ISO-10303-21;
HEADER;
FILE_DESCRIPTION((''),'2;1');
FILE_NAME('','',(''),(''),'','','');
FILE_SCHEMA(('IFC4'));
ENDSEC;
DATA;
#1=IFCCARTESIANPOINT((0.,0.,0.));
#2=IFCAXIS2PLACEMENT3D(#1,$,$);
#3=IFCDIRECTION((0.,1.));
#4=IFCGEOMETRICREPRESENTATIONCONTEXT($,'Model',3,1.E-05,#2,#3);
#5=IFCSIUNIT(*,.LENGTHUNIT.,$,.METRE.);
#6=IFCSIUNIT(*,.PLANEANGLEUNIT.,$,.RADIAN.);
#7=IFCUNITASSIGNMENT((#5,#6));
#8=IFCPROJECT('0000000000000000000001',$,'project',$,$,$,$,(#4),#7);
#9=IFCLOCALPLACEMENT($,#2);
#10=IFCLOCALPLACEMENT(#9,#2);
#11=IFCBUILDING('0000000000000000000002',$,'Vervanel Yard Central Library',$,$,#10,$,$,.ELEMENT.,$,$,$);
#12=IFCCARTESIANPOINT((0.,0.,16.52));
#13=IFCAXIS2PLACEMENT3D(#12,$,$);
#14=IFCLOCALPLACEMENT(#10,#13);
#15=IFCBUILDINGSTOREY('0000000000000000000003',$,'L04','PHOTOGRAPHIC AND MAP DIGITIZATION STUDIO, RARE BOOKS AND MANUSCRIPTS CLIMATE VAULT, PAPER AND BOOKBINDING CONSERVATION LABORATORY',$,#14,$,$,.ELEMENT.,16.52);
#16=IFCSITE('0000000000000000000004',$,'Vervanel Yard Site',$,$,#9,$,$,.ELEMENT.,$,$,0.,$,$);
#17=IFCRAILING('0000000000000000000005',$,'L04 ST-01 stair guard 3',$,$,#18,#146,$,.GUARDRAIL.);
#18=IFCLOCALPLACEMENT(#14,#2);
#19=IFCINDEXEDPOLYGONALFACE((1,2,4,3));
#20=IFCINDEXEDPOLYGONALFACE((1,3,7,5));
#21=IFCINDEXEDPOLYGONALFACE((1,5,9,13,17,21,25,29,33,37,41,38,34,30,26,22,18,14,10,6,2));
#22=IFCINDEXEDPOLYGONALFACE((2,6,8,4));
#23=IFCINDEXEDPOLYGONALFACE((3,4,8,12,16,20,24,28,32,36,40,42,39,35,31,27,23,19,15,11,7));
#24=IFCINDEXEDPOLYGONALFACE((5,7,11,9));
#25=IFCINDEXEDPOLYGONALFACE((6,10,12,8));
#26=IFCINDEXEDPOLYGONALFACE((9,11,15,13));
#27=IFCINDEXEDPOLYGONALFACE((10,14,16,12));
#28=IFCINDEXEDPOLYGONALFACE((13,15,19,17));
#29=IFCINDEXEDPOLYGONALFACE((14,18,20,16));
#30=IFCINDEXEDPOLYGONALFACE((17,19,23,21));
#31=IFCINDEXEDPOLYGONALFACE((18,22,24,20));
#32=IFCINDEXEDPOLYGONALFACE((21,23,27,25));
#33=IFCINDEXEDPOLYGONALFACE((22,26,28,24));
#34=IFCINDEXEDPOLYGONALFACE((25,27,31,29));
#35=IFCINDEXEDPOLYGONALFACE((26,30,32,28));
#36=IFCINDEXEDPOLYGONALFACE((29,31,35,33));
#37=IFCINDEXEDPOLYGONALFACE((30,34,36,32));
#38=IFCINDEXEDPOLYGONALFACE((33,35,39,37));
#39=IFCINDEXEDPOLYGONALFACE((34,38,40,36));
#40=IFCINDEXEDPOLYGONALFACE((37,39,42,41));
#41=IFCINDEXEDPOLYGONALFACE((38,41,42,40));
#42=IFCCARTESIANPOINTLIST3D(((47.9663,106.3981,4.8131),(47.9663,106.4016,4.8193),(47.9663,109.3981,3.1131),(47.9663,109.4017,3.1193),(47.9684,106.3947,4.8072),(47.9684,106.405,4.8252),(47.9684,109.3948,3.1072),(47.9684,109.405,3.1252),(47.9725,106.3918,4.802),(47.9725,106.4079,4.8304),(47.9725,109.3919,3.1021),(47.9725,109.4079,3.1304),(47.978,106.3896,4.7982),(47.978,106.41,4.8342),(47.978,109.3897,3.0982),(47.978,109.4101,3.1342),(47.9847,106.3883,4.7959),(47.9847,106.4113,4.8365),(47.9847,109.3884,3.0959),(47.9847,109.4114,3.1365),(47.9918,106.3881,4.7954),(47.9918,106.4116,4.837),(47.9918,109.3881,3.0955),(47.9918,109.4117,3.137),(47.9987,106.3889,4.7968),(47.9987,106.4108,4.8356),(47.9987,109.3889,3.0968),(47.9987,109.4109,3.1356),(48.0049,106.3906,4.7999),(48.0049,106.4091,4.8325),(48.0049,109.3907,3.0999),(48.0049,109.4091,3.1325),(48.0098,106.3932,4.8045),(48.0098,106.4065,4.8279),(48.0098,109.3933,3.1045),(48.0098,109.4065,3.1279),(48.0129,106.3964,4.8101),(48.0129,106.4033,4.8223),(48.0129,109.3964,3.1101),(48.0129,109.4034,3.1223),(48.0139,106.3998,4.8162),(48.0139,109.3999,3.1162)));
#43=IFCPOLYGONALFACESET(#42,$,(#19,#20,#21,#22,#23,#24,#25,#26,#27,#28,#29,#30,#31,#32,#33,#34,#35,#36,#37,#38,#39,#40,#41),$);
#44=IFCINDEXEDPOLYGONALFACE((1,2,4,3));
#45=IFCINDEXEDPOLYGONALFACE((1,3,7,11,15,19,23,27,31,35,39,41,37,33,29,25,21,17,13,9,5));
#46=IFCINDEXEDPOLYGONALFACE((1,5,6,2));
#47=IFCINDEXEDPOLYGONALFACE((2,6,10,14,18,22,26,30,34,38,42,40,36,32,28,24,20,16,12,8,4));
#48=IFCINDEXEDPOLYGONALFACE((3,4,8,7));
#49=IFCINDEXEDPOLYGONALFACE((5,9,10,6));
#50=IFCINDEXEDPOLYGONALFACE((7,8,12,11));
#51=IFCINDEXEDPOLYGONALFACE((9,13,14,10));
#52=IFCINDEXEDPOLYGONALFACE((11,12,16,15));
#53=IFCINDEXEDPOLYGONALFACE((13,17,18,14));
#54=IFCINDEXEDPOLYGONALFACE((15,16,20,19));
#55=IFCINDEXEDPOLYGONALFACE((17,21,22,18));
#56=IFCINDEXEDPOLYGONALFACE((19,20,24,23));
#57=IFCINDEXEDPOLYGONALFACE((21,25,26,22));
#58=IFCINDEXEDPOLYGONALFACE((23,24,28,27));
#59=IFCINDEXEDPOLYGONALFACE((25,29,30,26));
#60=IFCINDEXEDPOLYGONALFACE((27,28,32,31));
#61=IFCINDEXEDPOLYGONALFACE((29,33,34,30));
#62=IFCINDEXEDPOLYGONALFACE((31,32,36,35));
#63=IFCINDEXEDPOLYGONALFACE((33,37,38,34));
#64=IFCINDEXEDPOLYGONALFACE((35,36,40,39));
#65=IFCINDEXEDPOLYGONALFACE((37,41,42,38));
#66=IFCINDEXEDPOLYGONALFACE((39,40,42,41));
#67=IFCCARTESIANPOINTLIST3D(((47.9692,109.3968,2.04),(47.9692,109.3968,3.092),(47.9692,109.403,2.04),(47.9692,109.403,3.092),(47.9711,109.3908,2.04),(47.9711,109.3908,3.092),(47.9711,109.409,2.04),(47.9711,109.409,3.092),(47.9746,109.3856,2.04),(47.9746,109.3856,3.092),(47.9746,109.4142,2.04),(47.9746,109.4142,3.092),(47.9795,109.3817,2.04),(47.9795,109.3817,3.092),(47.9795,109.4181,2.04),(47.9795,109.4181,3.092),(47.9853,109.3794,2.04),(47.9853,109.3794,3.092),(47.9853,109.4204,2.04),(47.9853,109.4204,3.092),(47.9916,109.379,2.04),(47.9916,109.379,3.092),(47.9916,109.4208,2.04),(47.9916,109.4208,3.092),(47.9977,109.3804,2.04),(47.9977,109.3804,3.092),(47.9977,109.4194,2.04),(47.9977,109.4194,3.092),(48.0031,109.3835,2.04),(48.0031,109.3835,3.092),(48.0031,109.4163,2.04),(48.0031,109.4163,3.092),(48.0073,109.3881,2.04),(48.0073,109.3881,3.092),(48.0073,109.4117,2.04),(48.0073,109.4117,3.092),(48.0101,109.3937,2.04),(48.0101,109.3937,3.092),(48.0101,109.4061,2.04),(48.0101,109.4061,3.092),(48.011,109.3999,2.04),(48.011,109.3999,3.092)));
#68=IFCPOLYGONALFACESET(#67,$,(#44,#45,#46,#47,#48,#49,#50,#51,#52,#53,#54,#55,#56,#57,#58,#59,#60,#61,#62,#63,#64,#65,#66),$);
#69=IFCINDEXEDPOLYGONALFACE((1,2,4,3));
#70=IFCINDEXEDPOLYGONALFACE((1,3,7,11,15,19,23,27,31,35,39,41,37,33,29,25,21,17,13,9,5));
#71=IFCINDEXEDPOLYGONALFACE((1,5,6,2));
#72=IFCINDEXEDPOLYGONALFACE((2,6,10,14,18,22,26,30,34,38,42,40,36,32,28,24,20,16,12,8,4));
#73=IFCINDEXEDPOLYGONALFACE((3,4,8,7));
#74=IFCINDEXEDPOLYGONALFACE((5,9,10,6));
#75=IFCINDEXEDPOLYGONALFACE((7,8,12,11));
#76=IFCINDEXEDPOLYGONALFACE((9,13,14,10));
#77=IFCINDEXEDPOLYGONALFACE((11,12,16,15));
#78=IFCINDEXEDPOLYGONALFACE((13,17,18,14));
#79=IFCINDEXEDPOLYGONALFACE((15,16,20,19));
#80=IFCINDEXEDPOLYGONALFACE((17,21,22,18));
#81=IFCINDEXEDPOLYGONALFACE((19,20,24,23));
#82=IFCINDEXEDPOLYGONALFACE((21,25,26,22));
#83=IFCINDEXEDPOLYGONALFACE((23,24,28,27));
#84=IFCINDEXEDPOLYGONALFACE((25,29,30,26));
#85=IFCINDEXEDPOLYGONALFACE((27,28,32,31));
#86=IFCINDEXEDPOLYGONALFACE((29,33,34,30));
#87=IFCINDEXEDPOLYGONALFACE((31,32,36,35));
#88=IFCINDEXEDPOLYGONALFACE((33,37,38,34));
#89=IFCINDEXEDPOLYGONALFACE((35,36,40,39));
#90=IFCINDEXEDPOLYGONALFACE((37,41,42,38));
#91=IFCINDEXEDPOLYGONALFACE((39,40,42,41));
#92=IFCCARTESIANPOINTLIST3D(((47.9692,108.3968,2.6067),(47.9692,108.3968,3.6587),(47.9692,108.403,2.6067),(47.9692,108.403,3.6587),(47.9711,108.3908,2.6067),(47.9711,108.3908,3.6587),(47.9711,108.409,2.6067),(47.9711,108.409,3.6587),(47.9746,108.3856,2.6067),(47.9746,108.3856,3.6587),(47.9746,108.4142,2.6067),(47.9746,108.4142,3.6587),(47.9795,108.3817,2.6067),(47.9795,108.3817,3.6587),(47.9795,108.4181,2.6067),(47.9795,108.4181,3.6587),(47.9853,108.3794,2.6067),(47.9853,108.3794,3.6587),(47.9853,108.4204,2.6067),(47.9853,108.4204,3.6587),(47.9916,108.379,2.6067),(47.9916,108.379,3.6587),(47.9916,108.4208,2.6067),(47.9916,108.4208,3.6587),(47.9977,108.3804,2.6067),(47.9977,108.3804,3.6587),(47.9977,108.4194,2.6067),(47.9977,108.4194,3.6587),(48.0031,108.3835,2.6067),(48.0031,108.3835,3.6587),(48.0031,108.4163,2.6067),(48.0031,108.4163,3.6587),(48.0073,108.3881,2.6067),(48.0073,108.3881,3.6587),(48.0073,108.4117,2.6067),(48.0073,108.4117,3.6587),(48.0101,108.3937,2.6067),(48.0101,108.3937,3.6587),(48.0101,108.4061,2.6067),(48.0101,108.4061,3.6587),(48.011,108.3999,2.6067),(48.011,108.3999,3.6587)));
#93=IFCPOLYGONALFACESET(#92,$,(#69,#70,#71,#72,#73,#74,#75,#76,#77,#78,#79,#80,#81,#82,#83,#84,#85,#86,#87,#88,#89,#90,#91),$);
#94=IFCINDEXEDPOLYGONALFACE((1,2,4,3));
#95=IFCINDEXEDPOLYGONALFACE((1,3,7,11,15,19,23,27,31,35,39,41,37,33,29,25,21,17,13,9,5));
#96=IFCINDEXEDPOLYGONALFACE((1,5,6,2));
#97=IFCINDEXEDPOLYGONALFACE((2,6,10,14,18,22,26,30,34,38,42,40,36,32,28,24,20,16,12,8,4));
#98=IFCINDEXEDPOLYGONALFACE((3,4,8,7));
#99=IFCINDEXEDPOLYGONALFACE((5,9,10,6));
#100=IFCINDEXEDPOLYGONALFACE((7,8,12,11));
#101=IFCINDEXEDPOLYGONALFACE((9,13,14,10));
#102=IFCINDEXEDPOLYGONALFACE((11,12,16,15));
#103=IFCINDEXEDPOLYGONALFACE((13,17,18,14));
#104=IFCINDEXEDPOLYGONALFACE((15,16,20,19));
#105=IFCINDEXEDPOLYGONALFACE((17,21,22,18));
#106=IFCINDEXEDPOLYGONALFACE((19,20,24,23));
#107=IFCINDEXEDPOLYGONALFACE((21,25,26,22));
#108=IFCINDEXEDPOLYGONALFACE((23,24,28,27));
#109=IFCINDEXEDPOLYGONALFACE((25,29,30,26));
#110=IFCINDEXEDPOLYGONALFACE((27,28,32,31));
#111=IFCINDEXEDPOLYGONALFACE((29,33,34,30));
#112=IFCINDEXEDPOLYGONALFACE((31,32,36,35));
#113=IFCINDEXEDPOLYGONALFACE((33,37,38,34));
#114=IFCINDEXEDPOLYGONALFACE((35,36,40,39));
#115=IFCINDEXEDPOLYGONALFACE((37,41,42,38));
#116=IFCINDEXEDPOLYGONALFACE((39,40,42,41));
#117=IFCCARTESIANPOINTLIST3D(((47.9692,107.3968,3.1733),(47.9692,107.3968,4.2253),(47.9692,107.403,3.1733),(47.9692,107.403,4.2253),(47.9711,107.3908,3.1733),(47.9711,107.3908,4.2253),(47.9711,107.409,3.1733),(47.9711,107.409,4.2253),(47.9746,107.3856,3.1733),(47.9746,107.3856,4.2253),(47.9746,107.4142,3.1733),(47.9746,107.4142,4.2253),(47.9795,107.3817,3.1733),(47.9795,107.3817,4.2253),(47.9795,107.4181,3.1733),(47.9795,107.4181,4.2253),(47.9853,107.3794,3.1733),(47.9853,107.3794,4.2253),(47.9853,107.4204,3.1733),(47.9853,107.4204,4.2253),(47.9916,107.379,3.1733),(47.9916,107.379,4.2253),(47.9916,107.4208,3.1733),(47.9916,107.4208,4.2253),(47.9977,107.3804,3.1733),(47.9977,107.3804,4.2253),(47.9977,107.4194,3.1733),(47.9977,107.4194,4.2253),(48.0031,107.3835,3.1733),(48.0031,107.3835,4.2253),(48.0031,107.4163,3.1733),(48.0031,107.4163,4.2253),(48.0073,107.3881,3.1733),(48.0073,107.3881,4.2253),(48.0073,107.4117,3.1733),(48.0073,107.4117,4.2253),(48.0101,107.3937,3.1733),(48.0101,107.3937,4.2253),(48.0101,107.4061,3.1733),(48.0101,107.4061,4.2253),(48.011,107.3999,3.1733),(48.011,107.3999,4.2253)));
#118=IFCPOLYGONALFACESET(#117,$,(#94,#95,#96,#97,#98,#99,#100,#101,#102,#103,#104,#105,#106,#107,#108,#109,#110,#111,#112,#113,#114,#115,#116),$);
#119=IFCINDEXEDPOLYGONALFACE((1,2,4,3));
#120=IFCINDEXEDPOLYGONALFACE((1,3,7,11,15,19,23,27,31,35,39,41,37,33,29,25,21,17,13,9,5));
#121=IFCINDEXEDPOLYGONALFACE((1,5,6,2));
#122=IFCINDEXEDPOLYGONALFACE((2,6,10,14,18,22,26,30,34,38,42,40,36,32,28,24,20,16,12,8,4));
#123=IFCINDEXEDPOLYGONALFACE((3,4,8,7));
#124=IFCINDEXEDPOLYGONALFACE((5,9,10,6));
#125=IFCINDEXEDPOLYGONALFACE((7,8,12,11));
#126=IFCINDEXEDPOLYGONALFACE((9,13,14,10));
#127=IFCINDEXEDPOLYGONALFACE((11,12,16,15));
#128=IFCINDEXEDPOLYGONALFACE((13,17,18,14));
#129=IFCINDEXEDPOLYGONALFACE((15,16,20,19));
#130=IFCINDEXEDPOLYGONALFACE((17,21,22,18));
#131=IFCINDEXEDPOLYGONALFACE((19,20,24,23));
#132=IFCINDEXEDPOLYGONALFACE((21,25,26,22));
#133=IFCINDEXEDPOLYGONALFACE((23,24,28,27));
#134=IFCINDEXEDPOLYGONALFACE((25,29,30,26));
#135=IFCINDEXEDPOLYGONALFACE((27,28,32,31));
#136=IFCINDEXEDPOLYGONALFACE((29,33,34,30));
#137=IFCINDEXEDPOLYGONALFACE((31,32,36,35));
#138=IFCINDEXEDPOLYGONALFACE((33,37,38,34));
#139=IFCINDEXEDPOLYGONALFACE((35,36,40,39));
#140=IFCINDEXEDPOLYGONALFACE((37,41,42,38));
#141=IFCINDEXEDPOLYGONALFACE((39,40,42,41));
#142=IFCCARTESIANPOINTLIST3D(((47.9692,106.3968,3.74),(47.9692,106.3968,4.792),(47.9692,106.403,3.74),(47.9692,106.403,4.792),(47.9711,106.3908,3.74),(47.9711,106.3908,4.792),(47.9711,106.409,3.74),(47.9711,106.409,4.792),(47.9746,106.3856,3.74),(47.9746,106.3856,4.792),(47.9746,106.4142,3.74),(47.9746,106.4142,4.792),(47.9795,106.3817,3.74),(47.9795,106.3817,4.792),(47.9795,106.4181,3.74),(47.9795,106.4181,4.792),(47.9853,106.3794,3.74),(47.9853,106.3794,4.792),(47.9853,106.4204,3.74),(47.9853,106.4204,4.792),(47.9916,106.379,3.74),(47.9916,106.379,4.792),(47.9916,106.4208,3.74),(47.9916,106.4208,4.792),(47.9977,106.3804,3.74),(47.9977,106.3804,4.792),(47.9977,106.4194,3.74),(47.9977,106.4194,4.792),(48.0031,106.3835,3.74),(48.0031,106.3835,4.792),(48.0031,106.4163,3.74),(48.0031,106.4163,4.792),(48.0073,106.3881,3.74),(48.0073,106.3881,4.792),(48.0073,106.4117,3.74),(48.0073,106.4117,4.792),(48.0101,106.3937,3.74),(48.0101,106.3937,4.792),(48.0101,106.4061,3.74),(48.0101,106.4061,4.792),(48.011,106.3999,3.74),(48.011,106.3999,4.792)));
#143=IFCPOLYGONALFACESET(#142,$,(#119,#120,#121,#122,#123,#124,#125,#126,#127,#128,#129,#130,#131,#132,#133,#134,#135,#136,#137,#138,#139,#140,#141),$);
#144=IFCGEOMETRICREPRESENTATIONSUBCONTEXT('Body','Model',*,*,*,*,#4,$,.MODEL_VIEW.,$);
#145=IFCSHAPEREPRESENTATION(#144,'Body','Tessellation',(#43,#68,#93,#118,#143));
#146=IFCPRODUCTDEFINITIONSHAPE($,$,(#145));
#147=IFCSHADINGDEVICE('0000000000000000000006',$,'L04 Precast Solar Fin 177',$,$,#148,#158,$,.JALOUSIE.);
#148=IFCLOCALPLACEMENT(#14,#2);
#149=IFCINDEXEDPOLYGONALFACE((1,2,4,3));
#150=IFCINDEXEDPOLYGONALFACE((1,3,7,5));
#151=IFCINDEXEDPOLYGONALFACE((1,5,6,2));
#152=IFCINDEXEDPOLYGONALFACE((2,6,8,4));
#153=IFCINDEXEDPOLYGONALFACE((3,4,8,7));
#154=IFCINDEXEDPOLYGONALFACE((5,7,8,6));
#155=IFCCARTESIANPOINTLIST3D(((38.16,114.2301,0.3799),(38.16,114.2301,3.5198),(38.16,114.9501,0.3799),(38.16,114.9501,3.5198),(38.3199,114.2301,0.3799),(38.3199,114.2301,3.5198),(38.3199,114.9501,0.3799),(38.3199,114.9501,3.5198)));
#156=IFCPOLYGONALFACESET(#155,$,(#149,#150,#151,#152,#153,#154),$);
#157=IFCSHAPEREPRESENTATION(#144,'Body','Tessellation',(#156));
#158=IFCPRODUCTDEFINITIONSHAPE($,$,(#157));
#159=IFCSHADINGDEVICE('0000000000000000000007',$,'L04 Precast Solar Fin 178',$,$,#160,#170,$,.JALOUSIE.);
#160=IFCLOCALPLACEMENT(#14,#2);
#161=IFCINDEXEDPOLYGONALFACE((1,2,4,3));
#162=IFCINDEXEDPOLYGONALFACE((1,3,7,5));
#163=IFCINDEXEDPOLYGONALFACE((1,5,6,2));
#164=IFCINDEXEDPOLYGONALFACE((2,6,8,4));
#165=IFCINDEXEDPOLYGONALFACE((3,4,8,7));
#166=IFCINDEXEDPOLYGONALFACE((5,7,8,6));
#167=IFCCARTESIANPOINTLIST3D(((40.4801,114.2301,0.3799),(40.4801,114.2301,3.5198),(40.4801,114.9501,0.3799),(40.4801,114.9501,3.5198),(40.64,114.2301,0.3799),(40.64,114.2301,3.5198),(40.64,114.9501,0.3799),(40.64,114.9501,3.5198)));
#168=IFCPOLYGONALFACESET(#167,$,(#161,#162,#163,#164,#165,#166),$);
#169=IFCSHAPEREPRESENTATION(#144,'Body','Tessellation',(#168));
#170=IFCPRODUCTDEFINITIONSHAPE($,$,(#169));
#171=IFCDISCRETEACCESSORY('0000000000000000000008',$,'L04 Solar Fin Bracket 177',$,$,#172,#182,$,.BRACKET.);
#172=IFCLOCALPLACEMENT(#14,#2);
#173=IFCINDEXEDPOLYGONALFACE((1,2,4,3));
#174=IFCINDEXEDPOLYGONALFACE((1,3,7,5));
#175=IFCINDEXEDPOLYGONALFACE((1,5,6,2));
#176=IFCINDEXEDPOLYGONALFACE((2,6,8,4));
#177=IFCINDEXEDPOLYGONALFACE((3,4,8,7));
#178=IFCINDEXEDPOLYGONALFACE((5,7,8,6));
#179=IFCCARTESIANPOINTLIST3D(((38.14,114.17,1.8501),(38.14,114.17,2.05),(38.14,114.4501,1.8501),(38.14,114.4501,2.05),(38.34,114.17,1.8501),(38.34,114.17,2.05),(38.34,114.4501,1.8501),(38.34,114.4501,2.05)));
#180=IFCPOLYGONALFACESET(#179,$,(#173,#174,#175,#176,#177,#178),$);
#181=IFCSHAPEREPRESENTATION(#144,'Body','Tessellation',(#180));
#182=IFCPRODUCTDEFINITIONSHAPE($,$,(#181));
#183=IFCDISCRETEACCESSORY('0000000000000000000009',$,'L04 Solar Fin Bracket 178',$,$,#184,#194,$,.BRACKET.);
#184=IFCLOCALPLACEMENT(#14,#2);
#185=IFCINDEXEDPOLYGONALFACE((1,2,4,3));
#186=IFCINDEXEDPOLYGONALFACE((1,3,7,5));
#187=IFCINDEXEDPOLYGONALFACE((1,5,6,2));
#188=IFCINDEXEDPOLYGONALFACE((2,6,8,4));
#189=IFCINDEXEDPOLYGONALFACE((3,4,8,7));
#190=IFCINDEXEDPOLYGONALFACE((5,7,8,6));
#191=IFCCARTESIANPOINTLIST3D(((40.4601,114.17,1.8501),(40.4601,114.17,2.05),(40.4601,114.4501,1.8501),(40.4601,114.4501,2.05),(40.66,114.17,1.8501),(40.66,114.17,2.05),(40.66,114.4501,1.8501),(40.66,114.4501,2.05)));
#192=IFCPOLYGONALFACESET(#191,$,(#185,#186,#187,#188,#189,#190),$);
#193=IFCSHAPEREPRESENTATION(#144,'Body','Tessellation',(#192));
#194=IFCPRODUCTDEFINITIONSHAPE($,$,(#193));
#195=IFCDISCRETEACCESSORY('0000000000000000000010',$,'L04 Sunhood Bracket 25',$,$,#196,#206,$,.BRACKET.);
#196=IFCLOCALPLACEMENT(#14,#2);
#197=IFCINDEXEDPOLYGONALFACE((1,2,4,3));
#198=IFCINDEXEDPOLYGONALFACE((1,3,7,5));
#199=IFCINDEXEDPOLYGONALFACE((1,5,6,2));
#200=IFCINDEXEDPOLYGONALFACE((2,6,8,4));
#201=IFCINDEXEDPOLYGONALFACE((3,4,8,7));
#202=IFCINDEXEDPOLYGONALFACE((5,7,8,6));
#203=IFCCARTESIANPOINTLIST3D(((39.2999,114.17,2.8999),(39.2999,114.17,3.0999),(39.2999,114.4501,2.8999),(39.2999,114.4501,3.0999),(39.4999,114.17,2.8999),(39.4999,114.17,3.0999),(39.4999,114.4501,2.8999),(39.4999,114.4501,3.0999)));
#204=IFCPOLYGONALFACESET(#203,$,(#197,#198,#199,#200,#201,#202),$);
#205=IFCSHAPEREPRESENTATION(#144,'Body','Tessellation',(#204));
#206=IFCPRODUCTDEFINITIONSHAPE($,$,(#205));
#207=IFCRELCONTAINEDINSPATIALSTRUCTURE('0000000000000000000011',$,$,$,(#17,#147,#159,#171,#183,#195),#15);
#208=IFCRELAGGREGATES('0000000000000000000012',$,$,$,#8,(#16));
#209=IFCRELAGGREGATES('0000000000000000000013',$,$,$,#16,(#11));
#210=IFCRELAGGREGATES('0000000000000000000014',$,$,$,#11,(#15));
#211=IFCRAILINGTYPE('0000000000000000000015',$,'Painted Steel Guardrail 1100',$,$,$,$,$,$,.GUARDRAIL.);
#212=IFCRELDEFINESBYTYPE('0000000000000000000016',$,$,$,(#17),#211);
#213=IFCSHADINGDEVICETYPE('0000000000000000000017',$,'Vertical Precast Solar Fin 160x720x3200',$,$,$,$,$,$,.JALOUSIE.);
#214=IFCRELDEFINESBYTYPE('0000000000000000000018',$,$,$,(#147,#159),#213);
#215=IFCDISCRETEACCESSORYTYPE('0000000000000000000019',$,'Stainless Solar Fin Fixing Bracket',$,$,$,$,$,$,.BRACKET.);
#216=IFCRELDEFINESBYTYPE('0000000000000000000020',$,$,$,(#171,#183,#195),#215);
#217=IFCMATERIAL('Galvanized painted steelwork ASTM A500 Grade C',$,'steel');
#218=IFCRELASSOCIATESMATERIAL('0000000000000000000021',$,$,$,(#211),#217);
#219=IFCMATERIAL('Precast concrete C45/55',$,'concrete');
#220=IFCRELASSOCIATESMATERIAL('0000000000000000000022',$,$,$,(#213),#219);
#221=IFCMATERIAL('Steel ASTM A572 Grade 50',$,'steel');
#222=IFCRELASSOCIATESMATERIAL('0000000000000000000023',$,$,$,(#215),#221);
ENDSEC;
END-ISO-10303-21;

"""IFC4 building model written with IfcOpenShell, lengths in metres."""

from ifc_helpers import new_model, si_unit, direction, frame, origin, origin_2d, place, context, subcontext, project, spatial, rectangle, circle, extrude, material, type_object, element, save


model = new_model("IFC4")

# Units and contexts
model_context = context("Model", 3, precision=1e-05, world=origin(), true_north=direction((0.0, 1.0)))
body_context = subcontext(model_context, "Body", "Model", "MODEL_VIEW")
ifc_project = project(units=[si_unit("LENGTHUNIT", "METRE"), si_unit("PLANEANGLEUNIT", "RADIAN")], contexts=[model_context])

# Site, building, storey
site_placement = place(None, origin())
site = spatial("IfcSite", under=ifc_project, at=site_placement, Name="Vervanel Yard Site", CompositionType="ELEMENT", RefElevation=0.0)
building_placement = place(site_placement, origin())
building = spatial("IfcBuilding", under=site, at=building_placement, Name="Vervanel Yard Central Library", CompositionType="ELEMENT")
storey_placement = place(building_placement, frame((0.0, 0.0, 16.52)))
storey = spatial("IfcBuildingStorey", under=building, at=storey_placement, Name="L04", Description="PHOTOGRAPHIC AND MAP DIGITIZATION STUDIO, RARE BOOKS AND MANUSCRIPTS CLIMATE VAULT, PAPER AND BOOKBINDING CONSERVATION LABORATORY", CompositionType="ELEMENT", Elevation=16.52)

# Shared definitions
ifc_material_1 = material(Name="Precast concrete C45/55", Category="concrete")

# Railing
ifc_material_2 = material(Name="Galvanized painted steelwork ASTM A500 Grade C", Category="steel")
railing_type = type_object("IfcRailingType", Name="Painted Steel Guardrail 1100", PredefinedType="GUARDRAIL", material=ifc_material_2)
railing_placement = place(storey_placement, frame((47.99, 109.3999, 2.04)))
element("IfcRailing", 1, at=railing_placement, inside=storey, type_object=railing_type, Name="L04 ST-01 stair guard 3", PredefinedType="GUARDRAIL", context=body_context, shape_type="SweptSolid", body=[
    extrude(circle(Radius=0.0239, at=origin_2d()), frame((0.0, 0.0, 1.0762), z_axis=(0.0, -0.870028, 0.493002), x_axis=(1.0, 0.0, 0.0)), (0.0, 0.0, 1.0), 3.4482),
    extrude(circle(Radius=0.021, at=origin_2d()), origin(), (0.0, 0.0, 1.0), 1.052),
    extrude(circle(Radius=0.021, at=origin_2d()), frame((0.0, -1.0, 0.5667)), (0.0, 0.0, 1.0), 1.052),
    extrude(circle(Radius=0.021, at=origin_2d()), frame((0.0, -2.0, 1.1333)), (0.0, 0.0, 1.0), 1.052),
    extrude(circle(Radius=0.021, at=origin_2d()), frame((0.0, -3.0, 1.7)), (0.0, 0.0, 1.0), 1.052),
])

# Shading devices
shading_device_type_1 = type_object("IfcShadingDeviceType", Name="Vertical Precast Solar Fin 160x720x3200", PredefinedType="JALOUSIE", material=ifc_material_1)
for number, where, z_axis, x_axis, name in (
    (2, (38.24, 114.5901, 0.3799), (0.0, 0.0, 1.0), (1.0, 0.0, 0.0), "L04 Precast Solar Fin 177"),
    (3, (40.5601, 114.5901, 0.3799), (0.0, 0.0, 1.0), (1.0, 0.0, 0.0), "L04 Precast Solar Fin 178"),
):
    element("IfcShadingDevice", number, at=place(storey_placement, frame(where, z_axis=z_axis, x_axis=x_axis)), inside=storey, type_object=shading_device_type_1, Name=name, PredefinedType="JALOUSIE", context=body_context, shape_type="SweptSolid", body=[
        extrude(rectangle(XDim=0.1599, YDim=0.72, at=origin_2d()), origin(), (0.0, 0.0, 1.0), 3.1399),
    ])

# Discrete accessories
ifc_material_3 = material(Name="Steel ASTM A572 Grade 50", Category="steel")
discrete_accessory_type = type_object("IfcDiscreteAccessoryType", Name="Stainless Solar Fin Fixing Bracket", PredefinedType="BRACKET", material=ifc_material_3)
for number, where, z_axis, x_axis, name in (
    (4, (38.24, 114.3101, 1.8501), (0.0, 0.0, 1.0), (1.0, 0.0, 0.0), "L04 Solar Fin Bracket 177"),
    (5, (40.5601, 114.3101, 1.8501), (0.0, 0.0, 1.0), (1.0, 0.0, 0.0), "L04 Solar Fin Bracket 178"),
    (6, (39.3999, 114.3101, 2.8999), (0.0, 0.0, 1.0), (1.0, 0.0, 0.0), "L04 Sunhood Bracket 25"),
):
    element("IfcDiscreteAccessory", number, at=place(storey_placement, frame(where, z_axis=z_axis, x_axis=x_axis)), inside=storey, type_object=discrete_accessory_type, Name=name, PredefinedType="BRACKET", context=body_context, shape_type="SweptSolid", body=[
        extrude(rectangle(XDim=0.2, YDim=0.28, at=origin_2d()), origin(), (0.0, 0.0, 1.0), 0.2),
    ])

save(model, "model.ifc")
